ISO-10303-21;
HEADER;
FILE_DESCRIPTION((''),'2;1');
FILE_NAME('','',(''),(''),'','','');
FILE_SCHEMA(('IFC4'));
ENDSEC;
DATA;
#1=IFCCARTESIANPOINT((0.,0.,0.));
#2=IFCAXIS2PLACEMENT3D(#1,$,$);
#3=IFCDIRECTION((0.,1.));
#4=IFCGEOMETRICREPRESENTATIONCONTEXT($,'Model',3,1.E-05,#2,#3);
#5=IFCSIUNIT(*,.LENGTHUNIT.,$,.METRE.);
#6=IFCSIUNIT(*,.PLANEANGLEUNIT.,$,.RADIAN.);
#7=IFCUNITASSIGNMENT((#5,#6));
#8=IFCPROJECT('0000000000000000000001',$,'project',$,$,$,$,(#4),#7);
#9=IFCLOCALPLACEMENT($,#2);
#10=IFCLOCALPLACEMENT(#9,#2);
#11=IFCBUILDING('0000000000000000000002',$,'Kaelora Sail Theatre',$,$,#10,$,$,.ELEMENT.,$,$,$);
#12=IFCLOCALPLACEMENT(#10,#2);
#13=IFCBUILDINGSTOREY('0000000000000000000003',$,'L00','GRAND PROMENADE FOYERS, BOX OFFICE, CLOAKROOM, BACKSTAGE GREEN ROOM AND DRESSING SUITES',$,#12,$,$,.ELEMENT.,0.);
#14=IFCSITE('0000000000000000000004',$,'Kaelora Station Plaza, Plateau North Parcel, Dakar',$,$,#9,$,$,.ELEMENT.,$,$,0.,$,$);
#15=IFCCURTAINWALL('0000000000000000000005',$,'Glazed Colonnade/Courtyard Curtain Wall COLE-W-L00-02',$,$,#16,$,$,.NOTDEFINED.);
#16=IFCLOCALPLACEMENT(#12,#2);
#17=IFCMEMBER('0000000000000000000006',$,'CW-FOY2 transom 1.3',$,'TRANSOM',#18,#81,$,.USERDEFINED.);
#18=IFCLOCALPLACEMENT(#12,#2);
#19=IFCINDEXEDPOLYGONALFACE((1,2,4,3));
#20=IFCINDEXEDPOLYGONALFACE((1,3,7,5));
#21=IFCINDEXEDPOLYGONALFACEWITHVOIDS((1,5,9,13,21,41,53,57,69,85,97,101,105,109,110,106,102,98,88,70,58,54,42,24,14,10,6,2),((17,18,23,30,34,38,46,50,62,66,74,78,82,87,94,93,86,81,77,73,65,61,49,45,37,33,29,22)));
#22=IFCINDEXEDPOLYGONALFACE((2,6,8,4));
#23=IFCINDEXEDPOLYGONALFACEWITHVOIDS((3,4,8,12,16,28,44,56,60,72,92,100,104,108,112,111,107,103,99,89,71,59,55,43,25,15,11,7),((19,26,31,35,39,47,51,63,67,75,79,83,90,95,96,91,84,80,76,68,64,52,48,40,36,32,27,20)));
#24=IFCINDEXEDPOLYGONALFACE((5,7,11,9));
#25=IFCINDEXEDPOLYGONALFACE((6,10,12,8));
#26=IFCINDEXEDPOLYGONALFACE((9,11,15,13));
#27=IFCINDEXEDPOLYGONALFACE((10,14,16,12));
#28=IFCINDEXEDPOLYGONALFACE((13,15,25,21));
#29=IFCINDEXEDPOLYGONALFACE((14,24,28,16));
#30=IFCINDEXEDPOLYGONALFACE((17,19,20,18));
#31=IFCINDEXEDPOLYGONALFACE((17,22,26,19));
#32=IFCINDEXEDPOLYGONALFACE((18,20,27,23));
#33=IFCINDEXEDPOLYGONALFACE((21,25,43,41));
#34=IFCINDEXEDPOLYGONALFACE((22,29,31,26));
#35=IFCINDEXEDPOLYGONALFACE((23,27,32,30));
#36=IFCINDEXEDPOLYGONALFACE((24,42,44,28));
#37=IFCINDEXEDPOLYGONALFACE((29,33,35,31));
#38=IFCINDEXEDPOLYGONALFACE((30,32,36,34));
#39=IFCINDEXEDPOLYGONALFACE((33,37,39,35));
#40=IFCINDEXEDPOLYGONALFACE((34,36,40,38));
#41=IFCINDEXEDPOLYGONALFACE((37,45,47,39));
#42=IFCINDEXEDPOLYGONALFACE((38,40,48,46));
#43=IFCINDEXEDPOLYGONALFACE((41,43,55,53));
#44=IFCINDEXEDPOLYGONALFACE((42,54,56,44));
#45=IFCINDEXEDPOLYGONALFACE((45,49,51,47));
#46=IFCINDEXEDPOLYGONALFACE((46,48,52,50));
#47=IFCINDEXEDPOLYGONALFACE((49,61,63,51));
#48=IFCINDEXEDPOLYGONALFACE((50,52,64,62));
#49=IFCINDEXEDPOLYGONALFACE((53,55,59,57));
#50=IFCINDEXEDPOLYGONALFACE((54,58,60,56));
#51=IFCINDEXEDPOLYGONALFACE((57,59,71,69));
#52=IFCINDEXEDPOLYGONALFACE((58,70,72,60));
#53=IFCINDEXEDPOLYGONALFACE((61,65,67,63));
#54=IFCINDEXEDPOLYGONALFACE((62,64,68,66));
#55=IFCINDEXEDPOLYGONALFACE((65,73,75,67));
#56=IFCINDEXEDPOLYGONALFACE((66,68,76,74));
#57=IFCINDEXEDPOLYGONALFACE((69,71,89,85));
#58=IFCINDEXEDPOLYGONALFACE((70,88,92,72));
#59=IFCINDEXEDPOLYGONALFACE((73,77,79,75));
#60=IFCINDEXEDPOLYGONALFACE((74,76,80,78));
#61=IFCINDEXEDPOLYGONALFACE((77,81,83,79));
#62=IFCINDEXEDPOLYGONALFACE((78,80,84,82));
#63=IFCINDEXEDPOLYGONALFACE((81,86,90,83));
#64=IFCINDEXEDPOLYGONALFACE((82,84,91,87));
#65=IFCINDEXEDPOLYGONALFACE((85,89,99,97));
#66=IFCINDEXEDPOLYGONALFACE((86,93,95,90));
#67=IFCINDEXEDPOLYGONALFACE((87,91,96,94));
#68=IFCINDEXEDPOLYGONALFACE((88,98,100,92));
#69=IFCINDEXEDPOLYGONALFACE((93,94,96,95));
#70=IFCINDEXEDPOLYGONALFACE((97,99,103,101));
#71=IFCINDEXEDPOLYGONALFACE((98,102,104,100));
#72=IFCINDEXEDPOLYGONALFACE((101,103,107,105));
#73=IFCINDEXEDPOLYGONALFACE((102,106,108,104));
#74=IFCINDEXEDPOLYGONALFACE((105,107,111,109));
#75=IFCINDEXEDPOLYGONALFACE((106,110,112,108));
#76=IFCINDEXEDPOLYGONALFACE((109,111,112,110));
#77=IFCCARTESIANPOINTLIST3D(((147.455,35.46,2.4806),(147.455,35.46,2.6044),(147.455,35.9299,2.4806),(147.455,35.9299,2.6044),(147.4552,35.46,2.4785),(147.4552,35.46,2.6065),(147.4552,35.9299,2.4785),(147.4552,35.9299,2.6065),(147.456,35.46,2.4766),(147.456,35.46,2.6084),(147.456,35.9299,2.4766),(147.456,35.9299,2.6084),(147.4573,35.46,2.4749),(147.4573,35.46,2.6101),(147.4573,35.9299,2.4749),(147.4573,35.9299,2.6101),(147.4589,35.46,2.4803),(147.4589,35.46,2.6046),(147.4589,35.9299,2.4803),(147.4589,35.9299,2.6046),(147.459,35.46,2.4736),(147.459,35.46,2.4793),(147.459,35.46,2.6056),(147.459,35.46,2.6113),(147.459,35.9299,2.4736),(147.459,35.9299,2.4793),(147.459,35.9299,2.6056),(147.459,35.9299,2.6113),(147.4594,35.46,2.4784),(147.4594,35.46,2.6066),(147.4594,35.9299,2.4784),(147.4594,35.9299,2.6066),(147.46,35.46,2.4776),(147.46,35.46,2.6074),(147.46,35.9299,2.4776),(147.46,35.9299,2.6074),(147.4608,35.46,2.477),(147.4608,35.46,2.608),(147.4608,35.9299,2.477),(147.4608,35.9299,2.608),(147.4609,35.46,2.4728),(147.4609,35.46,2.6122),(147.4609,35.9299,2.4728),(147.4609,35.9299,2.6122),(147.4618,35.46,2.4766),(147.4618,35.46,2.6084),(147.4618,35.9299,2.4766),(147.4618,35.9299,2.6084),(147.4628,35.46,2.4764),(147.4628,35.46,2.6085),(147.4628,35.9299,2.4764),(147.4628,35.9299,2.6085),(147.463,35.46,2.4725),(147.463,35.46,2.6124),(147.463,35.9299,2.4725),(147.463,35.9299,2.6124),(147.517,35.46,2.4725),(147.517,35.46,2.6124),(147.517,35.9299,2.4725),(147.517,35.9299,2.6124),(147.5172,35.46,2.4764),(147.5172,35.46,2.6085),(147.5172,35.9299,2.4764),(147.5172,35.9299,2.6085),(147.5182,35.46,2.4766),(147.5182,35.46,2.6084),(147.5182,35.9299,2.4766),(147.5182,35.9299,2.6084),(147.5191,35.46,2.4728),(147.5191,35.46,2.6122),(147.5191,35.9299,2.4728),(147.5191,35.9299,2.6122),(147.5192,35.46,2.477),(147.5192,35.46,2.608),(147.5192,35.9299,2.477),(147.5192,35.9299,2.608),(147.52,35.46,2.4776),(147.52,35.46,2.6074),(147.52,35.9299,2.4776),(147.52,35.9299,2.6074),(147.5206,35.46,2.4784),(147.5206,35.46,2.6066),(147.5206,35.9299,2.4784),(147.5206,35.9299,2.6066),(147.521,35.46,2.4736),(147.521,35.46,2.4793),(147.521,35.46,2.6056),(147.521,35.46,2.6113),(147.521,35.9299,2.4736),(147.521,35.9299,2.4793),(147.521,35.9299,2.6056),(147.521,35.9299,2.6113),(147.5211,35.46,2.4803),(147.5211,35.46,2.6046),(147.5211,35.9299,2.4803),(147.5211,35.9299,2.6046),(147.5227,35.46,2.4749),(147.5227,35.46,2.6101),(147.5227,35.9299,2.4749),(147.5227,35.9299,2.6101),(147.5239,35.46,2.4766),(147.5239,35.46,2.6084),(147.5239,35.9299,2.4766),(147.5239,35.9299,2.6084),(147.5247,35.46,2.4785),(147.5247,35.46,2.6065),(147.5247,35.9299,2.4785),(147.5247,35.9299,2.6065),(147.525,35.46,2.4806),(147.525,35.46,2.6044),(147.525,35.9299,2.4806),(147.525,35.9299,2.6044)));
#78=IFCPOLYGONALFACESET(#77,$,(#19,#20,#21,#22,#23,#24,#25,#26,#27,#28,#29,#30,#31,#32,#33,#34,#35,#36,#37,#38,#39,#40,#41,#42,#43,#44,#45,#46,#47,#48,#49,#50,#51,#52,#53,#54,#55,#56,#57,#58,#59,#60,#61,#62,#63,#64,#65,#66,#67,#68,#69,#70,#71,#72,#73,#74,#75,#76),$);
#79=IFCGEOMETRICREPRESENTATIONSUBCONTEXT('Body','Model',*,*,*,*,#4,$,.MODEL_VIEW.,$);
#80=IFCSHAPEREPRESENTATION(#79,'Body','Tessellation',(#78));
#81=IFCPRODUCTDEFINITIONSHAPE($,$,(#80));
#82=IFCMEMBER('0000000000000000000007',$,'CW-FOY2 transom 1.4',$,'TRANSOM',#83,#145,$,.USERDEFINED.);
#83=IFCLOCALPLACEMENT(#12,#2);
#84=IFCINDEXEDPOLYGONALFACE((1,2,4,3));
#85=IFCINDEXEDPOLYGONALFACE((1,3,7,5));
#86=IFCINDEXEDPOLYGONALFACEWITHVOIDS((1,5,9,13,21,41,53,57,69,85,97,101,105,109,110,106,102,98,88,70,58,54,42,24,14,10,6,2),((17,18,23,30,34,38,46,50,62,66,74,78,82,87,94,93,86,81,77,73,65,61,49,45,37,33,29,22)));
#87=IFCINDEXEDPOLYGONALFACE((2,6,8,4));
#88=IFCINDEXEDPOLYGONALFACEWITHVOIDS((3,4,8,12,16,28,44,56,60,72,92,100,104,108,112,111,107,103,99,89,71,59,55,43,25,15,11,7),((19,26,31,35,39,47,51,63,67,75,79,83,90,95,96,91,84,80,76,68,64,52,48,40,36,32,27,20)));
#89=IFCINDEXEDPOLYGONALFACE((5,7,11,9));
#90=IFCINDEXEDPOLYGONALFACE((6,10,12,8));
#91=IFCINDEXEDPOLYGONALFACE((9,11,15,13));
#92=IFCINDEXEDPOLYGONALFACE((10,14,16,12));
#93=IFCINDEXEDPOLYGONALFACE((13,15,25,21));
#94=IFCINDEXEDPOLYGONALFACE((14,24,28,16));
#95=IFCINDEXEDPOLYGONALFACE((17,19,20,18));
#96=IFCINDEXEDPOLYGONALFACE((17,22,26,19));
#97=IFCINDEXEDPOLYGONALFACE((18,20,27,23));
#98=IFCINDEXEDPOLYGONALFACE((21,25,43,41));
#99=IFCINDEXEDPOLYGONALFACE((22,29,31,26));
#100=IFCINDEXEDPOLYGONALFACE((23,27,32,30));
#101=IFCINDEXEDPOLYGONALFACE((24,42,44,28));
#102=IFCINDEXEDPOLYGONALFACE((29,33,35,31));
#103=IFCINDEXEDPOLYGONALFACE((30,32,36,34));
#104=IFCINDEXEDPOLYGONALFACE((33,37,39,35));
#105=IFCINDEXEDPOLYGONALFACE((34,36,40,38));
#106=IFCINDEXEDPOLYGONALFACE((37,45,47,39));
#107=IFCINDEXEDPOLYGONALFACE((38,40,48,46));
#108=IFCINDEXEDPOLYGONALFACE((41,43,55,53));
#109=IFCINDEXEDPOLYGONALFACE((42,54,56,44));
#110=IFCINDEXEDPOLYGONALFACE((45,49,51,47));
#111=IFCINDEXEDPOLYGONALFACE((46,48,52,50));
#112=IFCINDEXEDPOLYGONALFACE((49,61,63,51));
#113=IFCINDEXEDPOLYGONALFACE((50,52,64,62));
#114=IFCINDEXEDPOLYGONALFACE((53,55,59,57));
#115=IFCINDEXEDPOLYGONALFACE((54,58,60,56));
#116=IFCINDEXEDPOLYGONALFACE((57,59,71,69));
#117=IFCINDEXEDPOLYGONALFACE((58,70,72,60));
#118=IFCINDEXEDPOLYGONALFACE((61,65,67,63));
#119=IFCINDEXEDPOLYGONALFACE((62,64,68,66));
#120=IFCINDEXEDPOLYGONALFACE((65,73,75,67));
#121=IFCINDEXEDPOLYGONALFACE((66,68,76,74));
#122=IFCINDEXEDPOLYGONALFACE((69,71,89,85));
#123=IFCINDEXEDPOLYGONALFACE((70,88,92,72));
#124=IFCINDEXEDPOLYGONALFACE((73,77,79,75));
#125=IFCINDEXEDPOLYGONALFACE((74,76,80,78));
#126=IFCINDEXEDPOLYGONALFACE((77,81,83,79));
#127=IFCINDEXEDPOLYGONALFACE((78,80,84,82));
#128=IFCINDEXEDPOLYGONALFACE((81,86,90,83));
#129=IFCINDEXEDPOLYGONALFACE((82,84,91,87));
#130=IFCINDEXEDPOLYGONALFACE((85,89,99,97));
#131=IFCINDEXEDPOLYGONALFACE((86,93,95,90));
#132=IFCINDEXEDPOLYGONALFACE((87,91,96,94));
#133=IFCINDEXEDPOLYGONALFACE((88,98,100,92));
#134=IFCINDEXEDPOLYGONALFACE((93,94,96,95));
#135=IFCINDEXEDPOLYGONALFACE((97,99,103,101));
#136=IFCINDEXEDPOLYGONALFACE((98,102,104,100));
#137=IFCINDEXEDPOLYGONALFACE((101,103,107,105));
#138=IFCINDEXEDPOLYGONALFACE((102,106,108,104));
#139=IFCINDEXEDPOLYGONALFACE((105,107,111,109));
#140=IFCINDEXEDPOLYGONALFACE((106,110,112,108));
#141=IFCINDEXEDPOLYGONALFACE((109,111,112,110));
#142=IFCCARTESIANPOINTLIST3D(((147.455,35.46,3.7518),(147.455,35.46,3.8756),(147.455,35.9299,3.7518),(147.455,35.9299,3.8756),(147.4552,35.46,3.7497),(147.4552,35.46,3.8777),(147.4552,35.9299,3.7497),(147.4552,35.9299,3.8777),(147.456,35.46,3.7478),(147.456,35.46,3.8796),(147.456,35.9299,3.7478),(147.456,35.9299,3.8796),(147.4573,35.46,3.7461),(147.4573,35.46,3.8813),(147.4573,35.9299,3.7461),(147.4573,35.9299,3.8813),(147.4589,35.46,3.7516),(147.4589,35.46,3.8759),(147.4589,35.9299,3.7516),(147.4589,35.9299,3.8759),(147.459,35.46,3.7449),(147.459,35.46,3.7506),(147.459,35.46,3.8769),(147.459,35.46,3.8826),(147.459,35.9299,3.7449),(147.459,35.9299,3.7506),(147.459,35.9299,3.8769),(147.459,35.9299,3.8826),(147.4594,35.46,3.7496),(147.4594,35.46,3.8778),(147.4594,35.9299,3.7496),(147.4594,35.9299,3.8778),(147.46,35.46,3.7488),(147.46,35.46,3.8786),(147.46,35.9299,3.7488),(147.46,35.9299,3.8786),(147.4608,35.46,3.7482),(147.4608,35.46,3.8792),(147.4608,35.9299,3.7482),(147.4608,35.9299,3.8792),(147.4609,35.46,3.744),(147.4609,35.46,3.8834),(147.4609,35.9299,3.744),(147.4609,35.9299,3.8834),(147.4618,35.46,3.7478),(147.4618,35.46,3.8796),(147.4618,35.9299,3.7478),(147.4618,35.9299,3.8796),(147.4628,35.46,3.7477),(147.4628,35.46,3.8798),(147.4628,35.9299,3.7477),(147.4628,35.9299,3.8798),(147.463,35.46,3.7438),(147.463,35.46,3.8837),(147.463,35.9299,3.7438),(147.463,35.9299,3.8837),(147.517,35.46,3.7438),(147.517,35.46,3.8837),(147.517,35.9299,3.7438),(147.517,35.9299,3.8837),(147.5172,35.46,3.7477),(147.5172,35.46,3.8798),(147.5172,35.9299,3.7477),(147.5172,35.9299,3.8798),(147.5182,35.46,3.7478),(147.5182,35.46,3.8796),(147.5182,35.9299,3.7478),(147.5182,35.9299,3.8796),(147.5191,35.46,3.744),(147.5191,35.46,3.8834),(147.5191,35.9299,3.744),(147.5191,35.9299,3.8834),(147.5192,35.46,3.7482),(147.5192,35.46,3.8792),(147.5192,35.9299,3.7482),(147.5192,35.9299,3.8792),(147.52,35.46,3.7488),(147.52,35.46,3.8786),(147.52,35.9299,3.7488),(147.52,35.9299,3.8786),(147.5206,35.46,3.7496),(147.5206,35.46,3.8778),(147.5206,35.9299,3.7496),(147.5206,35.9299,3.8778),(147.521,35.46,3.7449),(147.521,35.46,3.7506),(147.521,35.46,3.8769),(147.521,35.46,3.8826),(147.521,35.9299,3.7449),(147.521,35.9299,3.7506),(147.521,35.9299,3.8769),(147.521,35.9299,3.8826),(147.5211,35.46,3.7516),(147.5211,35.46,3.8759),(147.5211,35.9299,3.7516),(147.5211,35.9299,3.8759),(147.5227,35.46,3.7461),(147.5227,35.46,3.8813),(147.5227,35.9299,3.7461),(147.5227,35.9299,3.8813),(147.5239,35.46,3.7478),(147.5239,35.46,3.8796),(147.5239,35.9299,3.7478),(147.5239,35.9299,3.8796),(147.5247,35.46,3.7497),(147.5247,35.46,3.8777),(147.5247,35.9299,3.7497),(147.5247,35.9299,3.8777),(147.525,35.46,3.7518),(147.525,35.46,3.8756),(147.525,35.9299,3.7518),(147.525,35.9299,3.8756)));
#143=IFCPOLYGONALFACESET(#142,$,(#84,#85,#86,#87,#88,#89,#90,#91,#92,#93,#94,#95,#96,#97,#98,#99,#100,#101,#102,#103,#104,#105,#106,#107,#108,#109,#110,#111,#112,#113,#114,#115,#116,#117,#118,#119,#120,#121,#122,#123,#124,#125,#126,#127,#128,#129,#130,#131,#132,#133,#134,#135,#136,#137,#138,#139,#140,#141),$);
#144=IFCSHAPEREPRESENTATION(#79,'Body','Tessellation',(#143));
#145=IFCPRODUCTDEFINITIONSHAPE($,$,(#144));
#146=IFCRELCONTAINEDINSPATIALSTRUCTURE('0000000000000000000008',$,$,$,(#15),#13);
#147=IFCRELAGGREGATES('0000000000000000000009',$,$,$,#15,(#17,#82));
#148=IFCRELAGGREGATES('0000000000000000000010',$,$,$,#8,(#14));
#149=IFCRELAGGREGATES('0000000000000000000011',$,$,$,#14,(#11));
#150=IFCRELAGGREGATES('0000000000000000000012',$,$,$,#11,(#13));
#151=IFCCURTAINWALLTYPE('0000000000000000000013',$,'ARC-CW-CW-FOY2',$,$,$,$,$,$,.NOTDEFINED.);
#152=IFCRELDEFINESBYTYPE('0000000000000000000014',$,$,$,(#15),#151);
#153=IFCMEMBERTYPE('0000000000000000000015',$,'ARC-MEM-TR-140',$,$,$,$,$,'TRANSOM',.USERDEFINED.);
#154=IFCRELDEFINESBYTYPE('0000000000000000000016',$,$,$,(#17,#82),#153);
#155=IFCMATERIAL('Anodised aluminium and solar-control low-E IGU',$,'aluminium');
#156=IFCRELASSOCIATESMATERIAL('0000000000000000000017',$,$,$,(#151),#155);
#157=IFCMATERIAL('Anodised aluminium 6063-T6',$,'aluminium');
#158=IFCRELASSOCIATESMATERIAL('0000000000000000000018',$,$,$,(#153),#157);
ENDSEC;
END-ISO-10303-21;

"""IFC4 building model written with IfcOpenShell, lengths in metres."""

from ifc_helpers import new_model, si_unit, direction, frame, origin, origin_2d, place, context, subcontext, project, spatial, hollow_rectangle, extrude, material, material_profile, profile_set, type_object, element, aggregate, save


model = new_model("IFC4")

# Units and contexts
model_context = context("Model", 3, precision=1e-05, world=origin(), true_north=direction((0.0, 1.0)))
body_context = subcontext(model_context, "Body", "Model", "MODEL_VIEW")
ifc_project = project(units=[si_unit("LENGTHUNIT", "METRE"), si_unit("PLANEANGLEUNIT", "RADIAN")], contexts=[model_context])

# Site, building, storey
site_placement = place(None, origin())
site = spatial("IfcSite", under=ifc_project, at=site_placement, Name="Kaelora Station Plaza, Plateau North Parcel, Dakar", CompositionType="ELEMENT", RefElevation=0.0)
building_placement = place(site_placement, origin())
building = spatial("IfcBuilding", under=site, at=building_placement, Name="Kaelora Sail Theatre", CompositionType="ELEMENT")
storey_placement = place(building_placement, origin())
storey = spatial("IfcBuildingStorey", under=building, at=storey_placement, Name="L00", Description="GRAND PROMENADE FOYERS, BOX OFFICE, CLOAKROOM, BACKSTAGE GREEN ROOM AND DRESSING SUITES", CompositionType="ELEMENT", Elevation=0.0)

# Curtain wall, members
ifc_material_1 = material(Name="Anodised aluminium and solar-control low-E IGU", Category="aluminium")
curtain_wall_type = type_object("IfcCurtainWallType", Name="ARC-CW-CW-FOY2", PredefinedType="NOTDEFINED", material=ifc_material_1)
curtain_wall_placement = place(storey_placement, origin())
curtain_wall = element("IfcCurtainWall", 1, at=curtain_wall_placement, inside=storey, type_object=curtain_wall_type, Name="Glazed Colonnade/Courtyard Curtain Wall COLE-W-L00-02", PredefinedType="NOTDEFINED")
ifc_material_2 = material(Name="Anodised aluminium 6063-T6", Category="aluminium")
ifc_material_profile_1 = material_profile(ifc_material_2, hollow_rectangle(XDim=0.0701, YDim=0.1399, WallThickness=0.0039, InnerFilletRadius=0.0039, OuterFilletRadius=0.0081, at=origin_2d()), Name="ALU-TRAN 70x140x4")
ifc_profile_set_1 = profile_set([ifc_material_profile_1], Name="Anodised aluminium 6063-T6")
member_type_1 = type_object("IfcMemberType", Name="ARC-MEM-TR-140", ElementType="TRANSOM", PredefinedType="USERDEFINED", material=ifc_profile_set_1)
member_1_placement = place(storey_placement, frame((147.49, 35.46, 2.5425), z_axis=(0.0, 1.0, 0.0), x_axis=(-1.0, 0.0, 0.0)))
member_1 = element("IfcMember", 2, at=member_1_placement, type_object=member_type_1, Name="CW-FOY2 transom 1.3", ObjectType="TRANSOM", PredefinedType="USERDEFINED", context=body_context, shape_type="SweptSolid", body=[
    extrude(hollow_rectangle(XDim=0.0701, YDim=0.1399, WallThickness=0.0039, InnerFilletRadius=0.0039, OuterFilletRadius=0.0081, at=origin_2d()), origin(), (0.0, 0.0, 1.0), 0.47),
])
member_2_placement = place(storey_placement, frame((147.49, 35.46, 3.8137), z_axis=(0.0, 1.0, 0.0), x_axis=(-1.0, 0.0, 0.0)))
member_2 = element("IfcMember", 3, at=member_2_placement, type_object=member_type_1, Name="CW-FOY2 transom 1.4", ObjectType="TRANSOM", PredefinedType="USERDEFINED", context=body_context, shape_type="SweptSolid", body=[
    extrude(hollow_rectangle(XDim=0.0701, YDim=0.1399, WallThickness=0.0039, InnerFilletRadius=0.0039, OuterFilletRadius=0.0081, at=origin_2d()), origin(), (0.0, 0.0, 1.0), 0.47),
])
aggregate(curtain_wall, [member_1, member_2])

save(model, "model.ifc")
